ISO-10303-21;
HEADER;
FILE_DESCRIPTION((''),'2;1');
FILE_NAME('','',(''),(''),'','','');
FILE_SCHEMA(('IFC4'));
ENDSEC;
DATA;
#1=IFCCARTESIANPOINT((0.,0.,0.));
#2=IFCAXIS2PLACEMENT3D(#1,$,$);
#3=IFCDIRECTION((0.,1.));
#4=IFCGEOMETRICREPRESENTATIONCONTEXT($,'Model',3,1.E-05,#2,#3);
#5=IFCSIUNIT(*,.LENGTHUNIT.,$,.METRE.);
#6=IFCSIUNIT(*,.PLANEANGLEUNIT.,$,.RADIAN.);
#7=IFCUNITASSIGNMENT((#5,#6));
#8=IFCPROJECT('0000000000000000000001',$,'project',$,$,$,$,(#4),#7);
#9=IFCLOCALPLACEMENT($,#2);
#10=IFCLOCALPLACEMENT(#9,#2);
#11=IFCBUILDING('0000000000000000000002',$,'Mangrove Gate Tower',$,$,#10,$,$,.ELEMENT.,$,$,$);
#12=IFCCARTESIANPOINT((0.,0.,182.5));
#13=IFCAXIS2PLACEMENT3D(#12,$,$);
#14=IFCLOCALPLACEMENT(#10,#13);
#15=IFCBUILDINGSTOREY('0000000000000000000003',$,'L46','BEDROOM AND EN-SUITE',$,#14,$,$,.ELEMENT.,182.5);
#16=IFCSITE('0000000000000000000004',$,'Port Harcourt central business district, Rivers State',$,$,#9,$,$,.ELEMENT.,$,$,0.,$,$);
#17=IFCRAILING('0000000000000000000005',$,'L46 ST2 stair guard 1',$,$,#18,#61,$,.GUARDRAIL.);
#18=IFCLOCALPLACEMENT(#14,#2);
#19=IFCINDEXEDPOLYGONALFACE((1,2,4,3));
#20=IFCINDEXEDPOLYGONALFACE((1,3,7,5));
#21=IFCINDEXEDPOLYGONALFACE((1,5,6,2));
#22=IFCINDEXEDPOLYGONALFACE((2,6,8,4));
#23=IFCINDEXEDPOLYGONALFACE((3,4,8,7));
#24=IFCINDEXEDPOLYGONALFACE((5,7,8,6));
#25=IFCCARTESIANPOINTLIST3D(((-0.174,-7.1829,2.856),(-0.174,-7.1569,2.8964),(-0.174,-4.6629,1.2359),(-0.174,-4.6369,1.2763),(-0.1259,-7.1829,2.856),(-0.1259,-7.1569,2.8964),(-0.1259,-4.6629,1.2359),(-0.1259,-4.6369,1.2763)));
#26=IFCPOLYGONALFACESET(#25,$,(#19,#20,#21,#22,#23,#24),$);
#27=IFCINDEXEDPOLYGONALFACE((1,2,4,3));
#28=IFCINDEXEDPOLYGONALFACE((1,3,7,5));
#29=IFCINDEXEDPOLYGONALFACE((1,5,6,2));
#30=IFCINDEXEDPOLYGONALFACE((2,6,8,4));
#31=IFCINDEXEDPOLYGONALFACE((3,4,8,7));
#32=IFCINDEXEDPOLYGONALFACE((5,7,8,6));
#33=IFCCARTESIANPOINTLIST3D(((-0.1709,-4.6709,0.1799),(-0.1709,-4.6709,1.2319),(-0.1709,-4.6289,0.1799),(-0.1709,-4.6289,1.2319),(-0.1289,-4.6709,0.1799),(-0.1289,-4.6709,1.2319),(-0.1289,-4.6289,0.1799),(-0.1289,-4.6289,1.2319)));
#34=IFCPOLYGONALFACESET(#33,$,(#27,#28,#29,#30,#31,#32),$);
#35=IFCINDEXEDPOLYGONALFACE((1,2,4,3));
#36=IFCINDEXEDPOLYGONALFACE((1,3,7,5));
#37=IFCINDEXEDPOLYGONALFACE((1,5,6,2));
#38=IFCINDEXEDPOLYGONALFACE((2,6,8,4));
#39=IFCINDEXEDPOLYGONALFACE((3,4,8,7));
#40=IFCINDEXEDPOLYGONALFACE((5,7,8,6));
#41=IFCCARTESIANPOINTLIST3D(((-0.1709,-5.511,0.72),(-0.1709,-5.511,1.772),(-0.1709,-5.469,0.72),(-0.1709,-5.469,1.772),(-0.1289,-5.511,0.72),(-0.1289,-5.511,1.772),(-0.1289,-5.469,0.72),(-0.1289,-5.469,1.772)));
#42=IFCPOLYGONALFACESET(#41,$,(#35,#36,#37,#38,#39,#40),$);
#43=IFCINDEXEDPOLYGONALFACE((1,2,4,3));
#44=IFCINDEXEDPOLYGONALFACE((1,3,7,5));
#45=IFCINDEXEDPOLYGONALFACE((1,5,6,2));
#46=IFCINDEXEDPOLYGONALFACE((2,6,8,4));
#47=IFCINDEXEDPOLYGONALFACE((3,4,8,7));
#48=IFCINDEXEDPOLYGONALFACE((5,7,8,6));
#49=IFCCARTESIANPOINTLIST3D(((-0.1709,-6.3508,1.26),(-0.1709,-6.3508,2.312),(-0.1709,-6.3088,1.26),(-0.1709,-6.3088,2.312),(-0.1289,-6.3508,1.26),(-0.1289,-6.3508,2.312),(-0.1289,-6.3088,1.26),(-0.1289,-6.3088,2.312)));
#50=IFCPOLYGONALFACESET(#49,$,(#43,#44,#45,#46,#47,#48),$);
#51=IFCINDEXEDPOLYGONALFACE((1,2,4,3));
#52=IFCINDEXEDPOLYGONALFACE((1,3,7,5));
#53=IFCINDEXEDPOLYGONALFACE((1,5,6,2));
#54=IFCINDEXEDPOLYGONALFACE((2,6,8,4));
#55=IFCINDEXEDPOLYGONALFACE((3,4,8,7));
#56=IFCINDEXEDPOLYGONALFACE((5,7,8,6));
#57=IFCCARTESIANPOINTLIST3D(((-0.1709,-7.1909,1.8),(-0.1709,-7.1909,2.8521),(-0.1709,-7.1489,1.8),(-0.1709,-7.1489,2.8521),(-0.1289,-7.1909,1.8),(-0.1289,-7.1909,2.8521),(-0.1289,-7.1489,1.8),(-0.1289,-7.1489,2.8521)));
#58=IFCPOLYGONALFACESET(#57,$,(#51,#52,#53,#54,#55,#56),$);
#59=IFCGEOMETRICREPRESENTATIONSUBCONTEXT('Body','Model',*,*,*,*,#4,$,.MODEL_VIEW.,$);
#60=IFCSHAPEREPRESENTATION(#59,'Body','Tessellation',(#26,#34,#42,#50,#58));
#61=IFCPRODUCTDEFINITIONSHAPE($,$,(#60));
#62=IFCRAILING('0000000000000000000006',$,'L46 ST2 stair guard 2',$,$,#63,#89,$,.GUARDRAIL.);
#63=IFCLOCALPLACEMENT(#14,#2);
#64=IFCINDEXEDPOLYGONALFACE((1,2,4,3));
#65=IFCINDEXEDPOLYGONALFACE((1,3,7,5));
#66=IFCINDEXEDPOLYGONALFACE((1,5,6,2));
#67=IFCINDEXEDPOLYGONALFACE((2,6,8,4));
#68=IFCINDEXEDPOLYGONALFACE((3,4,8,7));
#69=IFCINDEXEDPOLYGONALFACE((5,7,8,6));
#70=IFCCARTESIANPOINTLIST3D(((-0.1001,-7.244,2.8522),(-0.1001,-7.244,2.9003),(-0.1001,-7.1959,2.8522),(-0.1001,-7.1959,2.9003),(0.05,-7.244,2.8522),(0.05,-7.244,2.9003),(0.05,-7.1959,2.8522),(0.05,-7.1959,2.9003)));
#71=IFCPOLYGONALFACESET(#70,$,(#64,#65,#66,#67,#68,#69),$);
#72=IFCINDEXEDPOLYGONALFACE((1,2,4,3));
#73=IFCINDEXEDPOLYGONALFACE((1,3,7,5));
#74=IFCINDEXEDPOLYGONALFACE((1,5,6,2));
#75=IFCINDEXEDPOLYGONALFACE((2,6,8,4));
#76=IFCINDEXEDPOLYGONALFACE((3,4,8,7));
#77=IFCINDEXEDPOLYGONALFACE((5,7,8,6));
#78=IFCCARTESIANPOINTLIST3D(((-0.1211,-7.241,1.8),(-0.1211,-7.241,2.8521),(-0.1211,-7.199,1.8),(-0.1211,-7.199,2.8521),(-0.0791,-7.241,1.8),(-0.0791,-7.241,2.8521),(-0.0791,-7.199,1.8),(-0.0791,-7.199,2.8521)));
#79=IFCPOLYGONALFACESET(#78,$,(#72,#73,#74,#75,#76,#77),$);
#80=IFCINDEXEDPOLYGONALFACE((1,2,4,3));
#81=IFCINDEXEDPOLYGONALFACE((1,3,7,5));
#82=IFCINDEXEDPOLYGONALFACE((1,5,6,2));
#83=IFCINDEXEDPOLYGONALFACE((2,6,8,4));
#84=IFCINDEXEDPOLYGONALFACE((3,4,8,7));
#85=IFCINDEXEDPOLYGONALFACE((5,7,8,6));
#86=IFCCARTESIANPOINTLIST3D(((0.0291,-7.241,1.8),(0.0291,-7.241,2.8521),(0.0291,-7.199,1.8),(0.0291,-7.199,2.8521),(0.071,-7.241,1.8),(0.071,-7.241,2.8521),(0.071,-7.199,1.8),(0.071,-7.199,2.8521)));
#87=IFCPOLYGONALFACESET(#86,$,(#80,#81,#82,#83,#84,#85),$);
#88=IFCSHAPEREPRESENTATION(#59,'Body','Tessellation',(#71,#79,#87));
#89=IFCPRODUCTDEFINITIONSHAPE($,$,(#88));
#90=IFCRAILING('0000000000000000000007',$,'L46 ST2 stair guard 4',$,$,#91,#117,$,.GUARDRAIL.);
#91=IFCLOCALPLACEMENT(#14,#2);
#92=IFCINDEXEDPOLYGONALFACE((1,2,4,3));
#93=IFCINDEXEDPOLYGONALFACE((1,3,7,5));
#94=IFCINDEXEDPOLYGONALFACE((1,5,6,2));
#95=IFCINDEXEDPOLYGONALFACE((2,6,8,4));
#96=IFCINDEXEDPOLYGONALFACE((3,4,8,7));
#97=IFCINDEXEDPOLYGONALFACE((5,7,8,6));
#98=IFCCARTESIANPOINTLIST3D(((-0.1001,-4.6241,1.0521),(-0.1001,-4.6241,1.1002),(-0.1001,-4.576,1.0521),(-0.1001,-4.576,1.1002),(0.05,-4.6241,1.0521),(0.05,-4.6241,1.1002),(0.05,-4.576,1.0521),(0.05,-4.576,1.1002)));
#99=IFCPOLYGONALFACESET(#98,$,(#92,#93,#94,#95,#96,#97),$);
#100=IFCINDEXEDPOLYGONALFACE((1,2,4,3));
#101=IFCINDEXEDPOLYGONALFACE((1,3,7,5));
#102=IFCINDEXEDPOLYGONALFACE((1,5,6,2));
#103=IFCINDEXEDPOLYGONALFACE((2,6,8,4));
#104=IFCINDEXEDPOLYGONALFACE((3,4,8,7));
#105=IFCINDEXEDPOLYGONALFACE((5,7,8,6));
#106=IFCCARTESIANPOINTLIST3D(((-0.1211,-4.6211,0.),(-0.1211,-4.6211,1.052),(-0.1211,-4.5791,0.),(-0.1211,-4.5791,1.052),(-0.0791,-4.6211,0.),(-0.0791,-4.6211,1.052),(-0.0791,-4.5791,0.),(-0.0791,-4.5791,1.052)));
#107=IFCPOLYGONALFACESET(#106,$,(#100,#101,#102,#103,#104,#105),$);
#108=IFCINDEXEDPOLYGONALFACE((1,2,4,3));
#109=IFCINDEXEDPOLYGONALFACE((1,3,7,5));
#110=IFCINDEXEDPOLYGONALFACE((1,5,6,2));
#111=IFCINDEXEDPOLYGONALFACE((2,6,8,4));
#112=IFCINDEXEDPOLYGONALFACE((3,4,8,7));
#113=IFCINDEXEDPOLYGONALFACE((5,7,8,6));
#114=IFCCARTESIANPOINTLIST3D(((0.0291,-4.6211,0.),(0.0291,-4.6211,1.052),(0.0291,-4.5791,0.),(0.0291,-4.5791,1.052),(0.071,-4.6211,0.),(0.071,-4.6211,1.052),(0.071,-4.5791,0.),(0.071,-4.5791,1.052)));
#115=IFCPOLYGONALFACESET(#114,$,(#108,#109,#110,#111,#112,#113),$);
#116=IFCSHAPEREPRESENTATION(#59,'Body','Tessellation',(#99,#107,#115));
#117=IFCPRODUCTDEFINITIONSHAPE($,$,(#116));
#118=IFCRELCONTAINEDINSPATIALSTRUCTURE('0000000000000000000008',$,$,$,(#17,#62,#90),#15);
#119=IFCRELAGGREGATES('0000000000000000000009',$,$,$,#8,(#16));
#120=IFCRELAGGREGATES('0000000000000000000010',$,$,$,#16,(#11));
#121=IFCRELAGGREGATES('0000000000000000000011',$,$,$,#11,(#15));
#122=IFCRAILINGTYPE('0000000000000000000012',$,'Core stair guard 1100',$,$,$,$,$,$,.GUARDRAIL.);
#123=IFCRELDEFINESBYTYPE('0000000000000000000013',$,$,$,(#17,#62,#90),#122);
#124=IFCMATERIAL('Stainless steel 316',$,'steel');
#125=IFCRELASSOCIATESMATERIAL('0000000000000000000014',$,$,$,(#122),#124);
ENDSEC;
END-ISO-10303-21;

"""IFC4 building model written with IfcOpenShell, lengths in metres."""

from ifc_helpers import new_model, si_unit, direction, frame, origin, origin_2d, place, context, subcontext, project, spatial, rectangle, extrude, material, type_object, element, save


model = new_model("IFC4")

# Units and contexts
model_context = context("Model", 3, precision=1e-05, world=origin(), true_north=direction((0.0, 1.0)))
body_context = subcontext(model_context, "Body", "Model", "MODEL_VIEW")
ifc_project = project(units=[si_unit("LENGTHUNIT", "METRE"), si_unit("PLANEANGLEUNIT", "RADIAN")], contexts=[model_context])

# Site, building, storey
site_placement = place(None, origin())
site = spatial("IfcSite", under=ifc_project, at=site_placement, Name="Port Harcourt central business district, Rivers State", CompositionType="ELEMENT", RefElevation=0.0)
building_placement = place(site_placement, origin())
building = spatial("IfcBuilding", under=site, at=building_placement, Name="Mangrove Gate Tower", CompositionType="ELEMENT")
storey_placement = place(building_placement, frame((0.0, 0.0, 182.5)))
storey = spatial("IfcBuildingStorey", under=building, at=storey_placement, Name="L46", Description="BEDROOM AND EN-SUITE", CompositionType="ELEMENT", Elevation=182.5)

# Railings
ifc_material_1 = material(Name="Stainless steel 316", Category="steel")
railing_type_1 = type_object("IfcRailingType", Name="Core stair guard 1100", PredefinedType="GUARDRAIL", material=ifc_material_1)
railing_1_placement = place(storey_placement, frame((-0.1499, -4.6499, 0.1799)))
element("IfcRailing", 1, at=railing_1_placement, inside=storey, type_object=railing_type_1, Name="L46 ST2 stair guard 1", PredefinedType="GUARDRAIL", context=body_context, shape_type="SweptSolid", body=[
    extrude(rectangle(XDim=0.0481, YDim=0.0481, at=origin_2d()), frame((0.0, 0.0, 1.0762), z_axis=(0.0, -0.841163, 0.540782), x_axis=(1.0, 0.0, 0.0)), (0.0, 0.0, 1.0), 2.9958),
    extrude(rectangle(XDim=0.042, YDim=0.042, at=origin_2d()), origin(), (0.0, 0.0, 1.0), 1.052),
    extrude(rectangle(XDim=0.042, YDim=0.042, at=origin_2d()), frame((0.0, -0.8401, 0.54)), (0.0, 0.0, 1.0), 1.052),
    extrude(rectangle(XDim=0.042, YDim=0.042, at=origin_2d()), frame((0.0, -1.6799, 1.0801)), (0.0, 0.0, 1.0), 1.052),
    extrude(rectangle(XDim=0.042, YDim=0.042, at=origin_2d()), frame((0.0, -2.52, 1.6201)), (0.0, 0.0, 1.0), 1.052),
])
for number, where, name in (
    (2, (-0.1001, -7.22, 1.8), "L46 ST2 stair guard 2"),
    (3, (-0.1001, -4.6001, 0.0), "L46 ST2 stair guard 4"),
):
    element("IfcRailing", number, at=place(storey_placement, frame(where)), inside=storey, type_object=railing_type_1, Name=name, PredefinedType="GUARDRAIL", context=body_context, shape_type="SweptSolid", body=[
        extrude(rectangle(XDim=0.0481, YDim=0.0481, at=origin_2d()), frame((0.0, 0.0, 1.0762), z_axis=(1.0, 0.0, 0.0), x_axis=(0.0, 1.0, 0.0)), (0.0, 0.0, 1.0), 0.1501),
        extrude(rectangle(XDim=0.042, YDim=0.042, at=origin_2d()), origin(), (0.0, 0.0, 1.0), 1.052),
        extrude(rectangle(XDim=0.042, YDim=0.042, at=origin_2d()), frame((0.1501, 0.0, 0.0)), (0.0, 0.0, 1.0), 1.052),
    ])

save(model, "model.ifc")
